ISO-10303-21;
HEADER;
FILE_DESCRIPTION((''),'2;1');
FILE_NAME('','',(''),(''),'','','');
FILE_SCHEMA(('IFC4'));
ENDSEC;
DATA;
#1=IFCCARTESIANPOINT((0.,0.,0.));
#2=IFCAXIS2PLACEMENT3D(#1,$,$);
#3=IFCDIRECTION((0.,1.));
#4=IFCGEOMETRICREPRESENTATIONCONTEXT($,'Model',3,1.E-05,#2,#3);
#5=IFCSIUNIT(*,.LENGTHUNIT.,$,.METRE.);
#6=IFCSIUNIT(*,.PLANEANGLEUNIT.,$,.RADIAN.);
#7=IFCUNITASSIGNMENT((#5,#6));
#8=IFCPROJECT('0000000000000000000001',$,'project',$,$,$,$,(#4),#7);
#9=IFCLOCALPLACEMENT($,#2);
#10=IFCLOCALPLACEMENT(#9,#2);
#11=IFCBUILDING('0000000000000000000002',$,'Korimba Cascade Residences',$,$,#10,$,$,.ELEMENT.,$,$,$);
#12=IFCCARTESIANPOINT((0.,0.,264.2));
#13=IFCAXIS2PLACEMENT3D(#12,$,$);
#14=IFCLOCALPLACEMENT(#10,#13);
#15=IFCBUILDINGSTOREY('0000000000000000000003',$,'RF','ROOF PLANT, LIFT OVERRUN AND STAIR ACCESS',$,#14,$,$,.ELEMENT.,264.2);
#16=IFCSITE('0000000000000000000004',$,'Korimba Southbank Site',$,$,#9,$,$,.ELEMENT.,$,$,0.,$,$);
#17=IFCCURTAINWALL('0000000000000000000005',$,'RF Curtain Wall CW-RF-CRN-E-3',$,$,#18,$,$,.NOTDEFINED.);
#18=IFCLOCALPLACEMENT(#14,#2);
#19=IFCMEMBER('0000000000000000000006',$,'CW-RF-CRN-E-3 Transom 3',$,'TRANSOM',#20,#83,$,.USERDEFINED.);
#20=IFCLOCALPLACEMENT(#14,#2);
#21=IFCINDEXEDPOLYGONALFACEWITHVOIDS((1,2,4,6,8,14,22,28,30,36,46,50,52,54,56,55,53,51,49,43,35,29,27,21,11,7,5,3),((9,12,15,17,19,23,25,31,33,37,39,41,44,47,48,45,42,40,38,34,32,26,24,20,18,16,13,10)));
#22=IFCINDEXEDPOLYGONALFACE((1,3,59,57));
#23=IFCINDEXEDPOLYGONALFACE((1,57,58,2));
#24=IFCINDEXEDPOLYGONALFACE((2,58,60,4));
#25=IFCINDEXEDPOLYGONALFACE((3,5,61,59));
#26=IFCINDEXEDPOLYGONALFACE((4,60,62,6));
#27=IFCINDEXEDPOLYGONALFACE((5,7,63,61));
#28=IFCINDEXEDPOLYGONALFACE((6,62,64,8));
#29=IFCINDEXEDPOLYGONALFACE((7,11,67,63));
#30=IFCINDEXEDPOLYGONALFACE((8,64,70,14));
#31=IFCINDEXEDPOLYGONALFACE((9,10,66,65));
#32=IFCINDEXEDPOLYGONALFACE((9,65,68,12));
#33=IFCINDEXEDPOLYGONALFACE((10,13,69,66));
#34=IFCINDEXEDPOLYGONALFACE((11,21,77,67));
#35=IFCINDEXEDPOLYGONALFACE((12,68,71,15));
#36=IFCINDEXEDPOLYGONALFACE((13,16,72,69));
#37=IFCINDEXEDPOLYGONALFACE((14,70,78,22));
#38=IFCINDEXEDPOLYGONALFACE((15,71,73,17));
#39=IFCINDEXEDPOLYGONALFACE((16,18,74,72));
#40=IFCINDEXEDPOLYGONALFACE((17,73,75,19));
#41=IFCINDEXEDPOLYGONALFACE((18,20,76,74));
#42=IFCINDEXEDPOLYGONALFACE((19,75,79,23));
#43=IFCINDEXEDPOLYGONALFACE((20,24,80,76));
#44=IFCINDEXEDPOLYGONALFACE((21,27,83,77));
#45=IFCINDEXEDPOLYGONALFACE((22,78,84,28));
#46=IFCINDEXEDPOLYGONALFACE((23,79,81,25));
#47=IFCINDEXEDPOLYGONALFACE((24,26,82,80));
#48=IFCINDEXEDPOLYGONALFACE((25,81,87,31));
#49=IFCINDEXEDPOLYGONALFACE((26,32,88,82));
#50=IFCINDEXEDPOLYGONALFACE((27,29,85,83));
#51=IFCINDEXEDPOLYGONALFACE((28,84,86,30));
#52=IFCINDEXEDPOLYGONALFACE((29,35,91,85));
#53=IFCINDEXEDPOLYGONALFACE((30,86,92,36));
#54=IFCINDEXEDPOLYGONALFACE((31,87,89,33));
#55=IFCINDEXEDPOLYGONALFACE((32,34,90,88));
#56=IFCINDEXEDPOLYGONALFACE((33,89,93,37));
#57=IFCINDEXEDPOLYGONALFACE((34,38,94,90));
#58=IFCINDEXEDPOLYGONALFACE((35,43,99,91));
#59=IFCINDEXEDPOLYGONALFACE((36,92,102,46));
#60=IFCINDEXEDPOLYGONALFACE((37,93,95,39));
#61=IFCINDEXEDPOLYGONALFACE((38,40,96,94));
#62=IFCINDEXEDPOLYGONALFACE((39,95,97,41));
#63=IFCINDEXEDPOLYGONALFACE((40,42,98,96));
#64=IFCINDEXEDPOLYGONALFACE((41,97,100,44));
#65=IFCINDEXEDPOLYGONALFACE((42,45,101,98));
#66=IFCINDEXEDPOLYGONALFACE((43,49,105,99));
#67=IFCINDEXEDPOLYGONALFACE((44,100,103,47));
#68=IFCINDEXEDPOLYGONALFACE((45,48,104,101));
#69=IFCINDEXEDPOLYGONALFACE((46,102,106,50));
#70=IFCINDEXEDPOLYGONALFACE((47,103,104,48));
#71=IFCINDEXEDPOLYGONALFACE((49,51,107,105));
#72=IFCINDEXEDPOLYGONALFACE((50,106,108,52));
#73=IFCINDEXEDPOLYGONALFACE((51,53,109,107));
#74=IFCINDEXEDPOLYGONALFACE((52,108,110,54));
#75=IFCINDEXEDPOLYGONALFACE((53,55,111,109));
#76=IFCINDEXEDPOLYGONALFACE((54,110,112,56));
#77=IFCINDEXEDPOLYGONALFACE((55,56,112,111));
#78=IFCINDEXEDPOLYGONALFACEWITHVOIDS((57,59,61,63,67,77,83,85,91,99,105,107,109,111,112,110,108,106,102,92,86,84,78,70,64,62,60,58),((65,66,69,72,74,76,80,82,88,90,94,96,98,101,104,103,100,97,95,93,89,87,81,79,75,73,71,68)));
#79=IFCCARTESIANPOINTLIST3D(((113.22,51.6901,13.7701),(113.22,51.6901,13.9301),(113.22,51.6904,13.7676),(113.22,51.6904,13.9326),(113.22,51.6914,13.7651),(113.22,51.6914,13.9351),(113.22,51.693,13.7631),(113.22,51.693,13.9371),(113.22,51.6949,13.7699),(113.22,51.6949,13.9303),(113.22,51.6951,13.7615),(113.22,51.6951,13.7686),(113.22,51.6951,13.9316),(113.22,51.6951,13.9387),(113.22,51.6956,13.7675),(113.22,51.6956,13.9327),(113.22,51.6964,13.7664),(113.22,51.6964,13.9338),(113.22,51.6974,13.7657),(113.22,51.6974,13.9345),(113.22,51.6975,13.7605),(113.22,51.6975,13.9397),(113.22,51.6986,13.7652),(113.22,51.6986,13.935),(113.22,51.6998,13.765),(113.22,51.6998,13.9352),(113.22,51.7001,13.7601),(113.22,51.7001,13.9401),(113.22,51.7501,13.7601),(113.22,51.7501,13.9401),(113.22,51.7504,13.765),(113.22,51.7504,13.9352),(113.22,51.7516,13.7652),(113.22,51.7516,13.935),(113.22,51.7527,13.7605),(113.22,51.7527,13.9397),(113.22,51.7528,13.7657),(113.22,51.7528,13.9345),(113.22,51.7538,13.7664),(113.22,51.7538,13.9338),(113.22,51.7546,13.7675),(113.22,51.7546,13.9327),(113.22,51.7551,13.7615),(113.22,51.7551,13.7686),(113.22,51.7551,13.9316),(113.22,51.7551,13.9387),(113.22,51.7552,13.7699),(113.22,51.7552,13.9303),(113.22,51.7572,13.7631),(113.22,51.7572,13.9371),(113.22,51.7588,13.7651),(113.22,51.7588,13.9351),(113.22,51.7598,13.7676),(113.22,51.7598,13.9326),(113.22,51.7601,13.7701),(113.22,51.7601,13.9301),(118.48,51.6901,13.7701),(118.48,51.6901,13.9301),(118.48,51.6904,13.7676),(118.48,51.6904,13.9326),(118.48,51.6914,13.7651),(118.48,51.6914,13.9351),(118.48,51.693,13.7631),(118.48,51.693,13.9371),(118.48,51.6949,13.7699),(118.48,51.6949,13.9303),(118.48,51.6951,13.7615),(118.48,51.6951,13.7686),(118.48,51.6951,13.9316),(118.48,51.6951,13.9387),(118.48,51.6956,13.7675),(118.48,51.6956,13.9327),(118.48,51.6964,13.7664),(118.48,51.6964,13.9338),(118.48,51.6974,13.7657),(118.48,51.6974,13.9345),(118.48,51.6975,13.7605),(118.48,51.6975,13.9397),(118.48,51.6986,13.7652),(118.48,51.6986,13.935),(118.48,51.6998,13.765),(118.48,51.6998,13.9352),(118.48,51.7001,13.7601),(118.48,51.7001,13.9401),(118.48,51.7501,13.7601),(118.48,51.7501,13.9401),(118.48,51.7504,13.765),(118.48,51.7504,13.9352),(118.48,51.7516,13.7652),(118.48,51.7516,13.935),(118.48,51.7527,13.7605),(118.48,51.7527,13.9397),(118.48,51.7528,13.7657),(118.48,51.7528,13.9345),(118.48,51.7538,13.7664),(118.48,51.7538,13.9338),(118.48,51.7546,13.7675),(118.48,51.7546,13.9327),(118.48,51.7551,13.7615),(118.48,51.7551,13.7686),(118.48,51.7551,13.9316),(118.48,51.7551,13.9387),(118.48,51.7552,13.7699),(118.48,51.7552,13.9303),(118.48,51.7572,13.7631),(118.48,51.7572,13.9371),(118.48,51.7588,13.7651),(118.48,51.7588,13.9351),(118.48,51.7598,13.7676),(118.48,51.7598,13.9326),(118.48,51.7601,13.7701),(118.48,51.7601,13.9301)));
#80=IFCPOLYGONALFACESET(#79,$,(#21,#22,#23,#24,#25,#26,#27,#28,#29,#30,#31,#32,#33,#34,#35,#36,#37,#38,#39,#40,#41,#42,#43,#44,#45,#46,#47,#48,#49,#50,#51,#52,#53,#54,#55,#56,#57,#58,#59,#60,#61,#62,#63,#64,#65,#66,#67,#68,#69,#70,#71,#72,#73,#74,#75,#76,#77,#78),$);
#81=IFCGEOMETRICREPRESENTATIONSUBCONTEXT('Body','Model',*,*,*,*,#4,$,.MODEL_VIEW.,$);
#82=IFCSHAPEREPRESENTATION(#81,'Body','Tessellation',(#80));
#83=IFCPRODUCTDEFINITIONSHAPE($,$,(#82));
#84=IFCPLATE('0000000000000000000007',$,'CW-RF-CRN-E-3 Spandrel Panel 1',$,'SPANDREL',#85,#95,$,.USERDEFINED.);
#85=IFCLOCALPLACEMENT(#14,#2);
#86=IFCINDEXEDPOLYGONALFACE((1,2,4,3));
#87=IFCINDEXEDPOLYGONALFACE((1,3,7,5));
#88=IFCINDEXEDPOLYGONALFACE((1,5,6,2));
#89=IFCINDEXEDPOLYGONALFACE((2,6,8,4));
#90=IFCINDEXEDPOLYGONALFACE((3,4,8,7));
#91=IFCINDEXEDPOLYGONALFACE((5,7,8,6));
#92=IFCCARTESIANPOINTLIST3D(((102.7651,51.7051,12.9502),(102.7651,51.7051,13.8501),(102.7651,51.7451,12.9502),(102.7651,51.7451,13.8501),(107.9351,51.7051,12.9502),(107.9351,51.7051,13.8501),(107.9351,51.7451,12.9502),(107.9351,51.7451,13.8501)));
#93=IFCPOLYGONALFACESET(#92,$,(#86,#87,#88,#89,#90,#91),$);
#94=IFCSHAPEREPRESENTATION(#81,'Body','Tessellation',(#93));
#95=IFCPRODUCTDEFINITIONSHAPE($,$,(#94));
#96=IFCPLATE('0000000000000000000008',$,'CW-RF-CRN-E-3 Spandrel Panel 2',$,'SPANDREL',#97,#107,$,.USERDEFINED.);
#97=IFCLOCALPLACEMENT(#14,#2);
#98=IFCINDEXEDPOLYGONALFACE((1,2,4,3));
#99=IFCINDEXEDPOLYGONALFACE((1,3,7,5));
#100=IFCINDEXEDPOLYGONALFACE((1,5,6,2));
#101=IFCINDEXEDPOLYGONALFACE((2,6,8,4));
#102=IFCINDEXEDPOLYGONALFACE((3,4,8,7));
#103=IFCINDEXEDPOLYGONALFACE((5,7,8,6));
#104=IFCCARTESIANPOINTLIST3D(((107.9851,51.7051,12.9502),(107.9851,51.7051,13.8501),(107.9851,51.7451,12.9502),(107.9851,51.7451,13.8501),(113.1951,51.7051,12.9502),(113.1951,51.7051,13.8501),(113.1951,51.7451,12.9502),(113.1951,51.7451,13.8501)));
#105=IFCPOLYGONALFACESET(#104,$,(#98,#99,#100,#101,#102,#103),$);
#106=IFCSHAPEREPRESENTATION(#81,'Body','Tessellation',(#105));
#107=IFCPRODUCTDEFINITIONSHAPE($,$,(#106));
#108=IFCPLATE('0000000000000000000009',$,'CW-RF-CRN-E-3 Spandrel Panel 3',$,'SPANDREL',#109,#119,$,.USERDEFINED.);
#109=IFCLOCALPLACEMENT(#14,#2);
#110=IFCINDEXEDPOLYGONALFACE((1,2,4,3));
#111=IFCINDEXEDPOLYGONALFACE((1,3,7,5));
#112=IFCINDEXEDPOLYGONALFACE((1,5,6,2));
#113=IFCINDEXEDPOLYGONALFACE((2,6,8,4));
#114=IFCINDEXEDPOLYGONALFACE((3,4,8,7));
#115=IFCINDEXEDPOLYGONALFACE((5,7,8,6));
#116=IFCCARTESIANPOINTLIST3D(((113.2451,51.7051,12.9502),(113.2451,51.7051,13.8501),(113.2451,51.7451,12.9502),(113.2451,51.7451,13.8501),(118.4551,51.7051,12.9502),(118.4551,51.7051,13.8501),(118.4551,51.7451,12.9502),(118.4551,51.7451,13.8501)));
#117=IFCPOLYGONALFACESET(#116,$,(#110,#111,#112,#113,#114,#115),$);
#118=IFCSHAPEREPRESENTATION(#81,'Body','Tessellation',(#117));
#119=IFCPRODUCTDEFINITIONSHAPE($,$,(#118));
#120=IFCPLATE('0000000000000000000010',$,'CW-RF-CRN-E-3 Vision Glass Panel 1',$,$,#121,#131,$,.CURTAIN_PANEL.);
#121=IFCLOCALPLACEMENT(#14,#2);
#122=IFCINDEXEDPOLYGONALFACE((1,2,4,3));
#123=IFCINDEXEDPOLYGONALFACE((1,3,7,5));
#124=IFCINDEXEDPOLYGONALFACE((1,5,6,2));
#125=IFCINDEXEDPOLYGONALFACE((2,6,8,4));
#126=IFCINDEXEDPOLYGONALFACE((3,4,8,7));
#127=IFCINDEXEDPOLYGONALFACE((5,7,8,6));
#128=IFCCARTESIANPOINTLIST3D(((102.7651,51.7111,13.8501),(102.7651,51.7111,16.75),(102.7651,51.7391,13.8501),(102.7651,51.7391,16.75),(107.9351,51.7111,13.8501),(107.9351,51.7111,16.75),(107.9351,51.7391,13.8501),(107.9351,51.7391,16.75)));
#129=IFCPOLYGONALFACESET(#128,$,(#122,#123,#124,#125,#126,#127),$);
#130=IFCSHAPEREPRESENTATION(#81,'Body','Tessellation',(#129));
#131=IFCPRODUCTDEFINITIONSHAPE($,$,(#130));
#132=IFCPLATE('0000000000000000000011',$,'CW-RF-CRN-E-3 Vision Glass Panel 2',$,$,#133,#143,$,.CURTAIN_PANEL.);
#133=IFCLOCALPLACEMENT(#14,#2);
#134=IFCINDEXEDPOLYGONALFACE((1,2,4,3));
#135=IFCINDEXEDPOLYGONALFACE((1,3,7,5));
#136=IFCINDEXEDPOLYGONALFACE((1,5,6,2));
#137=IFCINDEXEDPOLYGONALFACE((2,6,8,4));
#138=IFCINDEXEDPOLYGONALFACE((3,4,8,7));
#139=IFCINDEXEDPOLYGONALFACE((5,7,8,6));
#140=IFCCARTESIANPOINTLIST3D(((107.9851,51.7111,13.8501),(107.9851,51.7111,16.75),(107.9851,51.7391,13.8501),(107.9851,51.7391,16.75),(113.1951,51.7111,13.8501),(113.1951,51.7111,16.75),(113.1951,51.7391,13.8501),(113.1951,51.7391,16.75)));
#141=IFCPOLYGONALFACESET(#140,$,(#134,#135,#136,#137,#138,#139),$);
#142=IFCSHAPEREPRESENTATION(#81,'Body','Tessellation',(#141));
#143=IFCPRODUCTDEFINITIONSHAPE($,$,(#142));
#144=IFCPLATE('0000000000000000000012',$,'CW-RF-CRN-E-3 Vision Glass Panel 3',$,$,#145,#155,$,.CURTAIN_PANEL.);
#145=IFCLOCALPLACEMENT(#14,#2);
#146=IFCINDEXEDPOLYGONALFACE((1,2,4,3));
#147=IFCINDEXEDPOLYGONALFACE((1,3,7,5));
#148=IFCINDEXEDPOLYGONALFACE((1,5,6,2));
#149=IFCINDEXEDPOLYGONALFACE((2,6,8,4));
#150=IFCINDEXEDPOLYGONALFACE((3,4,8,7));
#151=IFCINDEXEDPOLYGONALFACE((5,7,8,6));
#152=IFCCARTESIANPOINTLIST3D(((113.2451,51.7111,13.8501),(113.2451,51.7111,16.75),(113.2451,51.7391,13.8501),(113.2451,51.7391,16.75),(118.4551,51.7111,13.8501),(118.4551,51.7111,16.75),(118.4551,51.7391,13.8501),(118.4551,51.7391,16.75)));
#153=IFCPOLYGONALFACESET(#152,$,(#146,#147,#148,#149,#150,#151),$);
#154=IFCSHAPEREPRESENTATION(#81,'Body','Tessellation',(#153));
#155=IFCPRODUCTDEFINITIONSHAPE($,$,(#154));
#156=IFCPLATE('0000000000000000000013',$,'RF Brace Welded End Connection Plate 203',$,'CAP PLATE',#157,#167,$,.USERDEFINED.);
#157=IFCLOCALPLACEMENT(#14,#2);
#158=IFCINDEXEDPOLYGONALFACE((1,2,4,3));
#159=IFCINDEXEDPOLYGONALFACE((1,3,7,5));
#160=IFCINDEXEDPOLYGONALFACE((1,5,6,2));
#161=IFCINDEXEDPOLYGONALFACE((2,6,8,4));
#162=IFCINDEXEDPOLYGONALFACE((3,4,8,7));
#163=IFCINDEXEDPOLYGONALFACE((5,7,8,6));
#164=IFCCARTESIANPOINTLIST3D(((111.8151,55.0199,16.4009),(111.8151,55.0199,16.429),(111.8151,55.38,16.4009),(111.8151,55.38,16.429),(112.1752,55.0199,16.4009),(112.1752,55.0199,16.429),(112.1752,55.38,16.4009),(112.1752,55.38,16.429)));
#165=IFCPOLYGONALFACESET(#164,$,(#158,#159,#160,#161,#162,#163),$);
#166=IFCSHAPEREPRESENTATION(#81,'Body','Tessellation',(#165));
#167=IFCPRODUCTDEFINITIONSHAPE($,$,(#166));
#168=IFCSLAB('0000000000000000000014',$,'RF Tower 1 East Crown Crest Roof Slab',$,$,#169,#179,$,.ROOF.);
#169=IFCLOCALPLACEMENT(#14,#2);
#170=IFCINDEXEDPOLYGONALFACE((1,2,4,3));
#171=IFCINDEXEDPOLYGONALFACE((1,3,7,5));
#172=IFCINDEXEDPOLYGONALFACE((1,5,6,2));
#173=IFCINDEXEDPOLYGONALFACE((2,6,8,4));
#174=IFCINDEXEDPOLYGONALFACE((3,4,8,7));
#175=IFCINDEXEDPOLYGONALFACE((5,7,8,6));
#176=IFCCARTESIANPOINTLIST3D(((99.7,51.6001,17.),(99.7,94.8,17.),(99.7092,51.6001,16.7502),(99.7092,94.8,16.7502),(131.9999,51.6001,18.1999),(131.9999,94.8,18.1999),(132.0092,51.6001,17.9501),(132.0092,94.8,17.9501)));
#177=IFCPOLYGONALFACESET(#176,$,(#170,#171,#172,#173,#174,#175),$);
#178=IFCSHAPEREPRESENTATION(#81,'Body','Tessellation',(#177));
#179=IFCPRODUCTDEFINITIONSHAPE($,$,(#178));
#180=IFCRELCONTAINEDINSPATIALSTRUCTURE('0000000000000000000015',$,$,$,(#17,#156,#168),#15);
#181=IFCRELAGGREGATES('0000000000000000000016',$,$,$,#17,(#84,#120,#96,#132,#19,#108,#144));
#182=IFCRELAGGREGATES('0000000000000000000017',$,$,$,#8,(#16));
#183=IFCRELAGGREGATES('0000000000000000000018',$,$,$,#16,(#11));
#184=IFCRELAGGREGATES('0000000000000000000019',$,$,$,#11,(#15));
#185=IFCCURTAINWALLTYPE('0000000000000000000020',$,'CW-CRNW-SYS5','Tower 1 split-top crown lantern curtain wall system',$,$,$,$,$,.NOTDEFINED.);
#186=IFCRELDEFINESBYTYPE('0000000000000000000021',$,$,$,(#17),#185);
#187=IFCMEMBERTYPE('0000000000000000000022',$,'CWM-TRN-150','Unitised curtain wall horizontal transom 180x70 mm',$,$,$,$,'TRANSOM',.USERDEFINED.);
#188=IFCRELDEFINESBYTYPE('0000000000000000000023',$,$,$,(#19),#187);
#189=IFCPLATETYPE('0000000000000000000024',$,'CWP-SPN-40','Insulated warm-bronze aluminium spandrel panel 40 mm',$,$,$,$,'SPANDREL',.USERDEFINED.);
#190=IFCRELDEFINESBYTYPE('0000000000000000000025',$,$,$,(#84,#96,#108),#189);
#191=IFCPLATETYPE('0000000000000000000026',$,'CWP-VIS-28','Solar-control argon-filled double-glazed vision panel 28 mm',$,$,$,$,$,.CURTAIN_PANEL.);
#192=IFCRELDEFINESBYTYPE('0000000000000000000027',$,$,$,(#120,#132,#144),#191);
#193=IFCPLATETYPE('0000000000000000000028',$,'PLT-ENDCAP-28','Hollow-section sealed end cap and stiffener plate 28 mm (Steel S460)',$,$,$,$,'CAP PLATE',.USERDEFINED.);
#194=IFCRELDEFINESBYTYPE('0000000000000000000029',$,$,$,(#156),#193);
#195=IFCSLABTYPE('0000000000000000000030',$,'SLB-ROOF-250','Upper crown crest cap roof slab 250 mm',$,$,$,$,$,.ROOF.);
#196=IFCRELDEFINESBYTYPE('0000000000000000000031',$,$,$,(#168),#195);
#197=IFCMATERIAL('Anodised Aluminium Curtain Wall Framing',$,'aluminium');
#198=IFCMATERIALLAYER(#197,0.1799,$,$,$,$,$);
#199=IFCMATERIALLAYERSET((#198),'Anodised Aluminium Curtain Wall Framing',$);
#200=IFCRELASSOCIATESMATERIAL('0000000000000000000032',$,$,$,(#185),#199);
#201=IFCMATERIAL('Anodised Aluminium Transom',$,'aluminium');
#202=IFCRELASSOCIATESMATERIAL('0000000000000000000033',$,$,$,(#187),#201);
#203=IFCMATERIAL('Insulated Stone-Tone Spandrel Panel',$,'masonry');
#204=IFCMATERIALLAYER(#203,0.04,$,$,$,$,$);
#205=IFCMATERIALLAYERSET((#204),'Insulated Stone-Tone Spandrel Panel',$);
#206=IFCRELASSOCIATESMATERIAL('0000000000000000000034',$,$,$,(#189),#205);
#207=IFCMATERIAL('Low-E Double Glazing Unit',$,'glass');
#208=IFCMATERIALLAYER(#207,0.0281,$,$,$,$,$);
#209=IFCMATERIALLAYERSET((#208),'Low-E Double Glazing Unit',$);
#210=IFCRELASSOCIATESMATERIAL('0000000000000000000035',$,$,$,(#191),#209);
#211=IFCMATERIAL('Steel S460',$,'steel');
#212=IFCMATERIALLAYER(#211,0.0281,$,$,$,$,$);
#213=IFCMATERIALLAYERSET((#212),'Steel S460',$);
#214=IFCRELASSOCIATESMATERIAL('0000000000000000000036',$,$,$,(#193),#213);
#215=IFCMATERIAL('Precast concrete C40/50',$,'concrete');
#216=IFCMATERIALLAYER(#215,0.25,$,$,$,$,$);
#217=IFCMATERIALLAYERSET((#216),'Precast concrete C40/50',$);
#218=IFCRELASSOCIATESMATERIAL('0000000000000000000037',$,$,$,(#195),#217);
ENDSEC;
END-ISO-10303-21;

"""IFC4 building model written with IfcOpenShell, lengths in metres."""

from ifc_helpers import new_model, si_unit, direction, frame, origin, origin_2d, place, context, subcontext, project, spatial, polyline, rectangle, hollow_rectangle, outline, extrude, material, layer, layer_set, material_profile, profile_set, type_object, element, aggregate, save


model = new_model("IFC4")

# Units and contexts
model_context = context("Model", 3, precision=1e-05, world=origin(), true_north=direction((0.0, 1.0)))
body_context = subcontext(model_context, "Body", "Model", "MODEL_VIEW")
ifc_project = project(units=[si_unit("LENGTHUNIT", "METRE"), si_unit("PLANEANGLEUNIT", "RADIAN")], contexts=[model_context])

# Site, building, storey
site_placement = place(None, origin())
site = spatial("IfcSite", under=ifc_project, at=site_placement, Name="Korimba Southbank Site", CompositionType="ELEMENT", RefElevation=0.0)
building_placement = place(site_placement, origin())
building = spatial("IfcBuilding", under=site, at=building_placement, Name="Korimba Cascade Residences", CompositionType="ELEMENT")
storey_placement = place(building_placement, frame((0.0, 0.0, 264.2)))
storey = spatial("IfcBuildingStorey", under=building, at=storey_placement, Name="RF", Description="ROOF PLANT, LIFT OVERRUN AND STAIR ACCESS", CompositionType="ELEMENT", Elevation=264.2)

# Curtain wall, member, plates
ifc_material_1 = material(Name="Anodised Aluminium Curtain Wall Framing", Category="aluminium")
ifc_layer_1 = layer(ifc_material_1, 0.1799)
ifc_layer_set_1 = layer_set([ifc_layer_1], Name="Anodised Aluminium Curtain Wall Framing")
curtain_wall_type = type_object("IfcCurtainWallType", Name="CW-CRNW-SYS5", Description="Tower 1 split-top crown lantern curtain wall system", PredefinedType="NOTDEFINED", material=ifc_layer_set_1)
curtain_wall_placement = place(storey_placement, origin())
curtain_wall = element("IfcCurtainWall", 1, at=curtain_wall_placement, inside=storey, type_object=curtain_wall_type, Name="RF Curtain Wall CW-RF-CRN-E-3", PredefinedType="NOTDEFINED")
ifc_material_2 = material(Name="Anodised Aluminium Transom", Category="aluminium")
ifc_material_profile_1 = material_profile(ifc_material_2, hollow_rectangle(XDim=0.0701, YDim=0.1799, WallThickness=0.0049, InnerFilletRadius=0.0049, OuterFilletRadius=0.01, at=origin_2d()), Name="Anodised Aluminium Transom")
ifc_profile_set_1 = profile_set([ifc_material_profile_1], Name="Anodised Aluminium Transom")
member_type_1 = type_object("IfcMemberType", Name="CWM-TRN-150", Description="Unitised curtain wall horizontal transom 180x70 mm", ElementType="TRANSOM", PredefinedType="USERDEFINED", material=ifc_profile_set_1)
member_1_placement = place(storey_placement, frame((113.22, 51.7251, 13.8501), z_axis=(1.0, 0.0, 0.0), x_axis=(0.0, 1.0, 0.0)))
member_1 = element("IfcMember", 2, at=member_1_placement, type_object=member_type_1, Name="CW-RF-CRN-E-3 Transom 3", ObjectType="TRANSOM", PredefinedType="USERDEFINED", context=body_context, shape_type="SweptSolid", body=[
    extrude(hollow_rectangle(XDim=0.0701, YDim=0.1799, WallThickness=0.0049, InnerFilletRadius=0.0049, OuterFilletRadius=0.01, at=origin_2d()), origin(), (0.0, 0.0, 1.0), 5.26),
])
ifc_material_3 = material(Name="Insulated Stone-Tone Spandrel Panel", Category="masonry")
ifc_layer_2 = layer(ifc_material_3, 0.04)
ifc_layer_set_2 = layer_set([ifc_layer_2], Name="Insulated Stone-Tone Spandrel Panel")
plate_type_1 = type_object("IfcPlateType", Name="CWP-SPN-40", Description="Insulated warm-bronze aluminium spandrel panel 40 mm", ElementType="SPANDREL", PredefinedType="USERDEFINED", material=ifc_layer_set_2)
plate_1_placement = place(storey_placement, frame((105.3501, 51.7251, 12.9502), z_axis=(0.0, 0.0, 1.0), x_axis=(1.0, 0.0, 0.0)))
plate_1 = element("IfcPlate", 3, at=plate_1_placement, type_object=plate_type_1, Name="CW-RF-CRN-E-3 Spandrel Panel 1", ObjectType="SPANDREL", PredefinedType="USERDEFINED", context=body_context, shape_type="SweptSolid", body=[
    extrude(rectangle(XDim=5.1699, YDim=0.04, at=origin_2d()), origin(), (0.0, 0.0, 1.0), 0.8999),
])
plate_2_placement = place(storey_placement, frame((110.5901, 51.7251, 12.9502), z_axis=(0.0, 0.0, 1.0), x_axis=(1.0, 0.0, 0.0)))
plate_2 = element("IfcPlate", 4, at=plate_2_placement, type_object=plate_type_1, Name="CW-RF-CRN-E-3 Spandrel Panel 2", ObjectType="SPANDREL", PredefinedType="USERDEFINED", context=body_context, shape_type="SweptSolid", body=[
    extrude(rectangle(XDim=5.21, YDim=0.04, at=origin_2d()), origin(), (0.0, 0.0, 1.0), 0.8999),
])
plate_3_placement = place(storey_placement, frame((115.8501, 51.7251, 12.9502), z_axis=(0.0, 0.0, 1.0), x_axis=(1.0, 0.0, 0.0)))
plate_3 = element("IfcPlate", 5, at=plate_3_placement, type_object=plate_type_1, Name="CW-RF-CRN-E-3 Spandrel Panel 3", ObjectType="SPANDREL", PredefinedType="USERDEFINED", context=body_context, shape_type="SweptSolid", body=[
    extrude(rectangle(XDim=5.21, YDim=0.04, at=origin_2d()), origin(), (0.0, 0.0, 1.0), 0.8999),
])
ifc_material_4 = material(Name="Low-E Double Glazing Unit", Category="glass")
ifc_layer_3 = layer(ifc_material_4, 0.0281)
ifc_layer_set_3 = layer_set([ifc_layer_3], Name="Low-E Double Glazing Unit")
plate_type_2 = type_object("IfcPlateType", Name="CWP-VIS-28", Description="Solar-control argon-filled double-glazed vision panel 28 mm", PredefinedType="CURTAIN_PANEL", material=ifc_layer_set_3)
plate_4_placement = place(storey_placement, frame((105.3501, 51.7251, 13.8501), z_axis=(0.0, 0.0, 1.0), x_axis=(1.0, 0.0, 0.0)))
plate_4 = element("IfcPlate", 6, at=plate_4_placement, type_object=plate_type_2, Name="CW-RF-CRN-E-3 Vision Glass Panel 1", PredefinedType="CURTAIN_PANEL", context=body_context, shape_type="SweptSolid", body=[
    extrude(rectangle(XDim=5.1699, YDim=0.0281, at=origin_2d()), origin(), (0.0, 0.0, 1.0), 2.8999),
])
plate_5_placement = place(storey_placement, frame((110.5901, 51.7251, 13.8501), z_axis=(0.0, 0.0, 1.0), x_axis=(1.0, 0.0, 0.0)))
plate_5 = element("IfcPlate", 7, at=plate_5_placement, type_object=plate_type_2, Name="CW-RF-CRN-E-3 Vision Glass Panel 2", PredefinedType="CURTAIN_PANEL", context=body_context, shape_type="SweptSolid", body=[
    extrude(rectangle(XDim=5.21, YDim=0.0281, at=origin_2d()), origin(), (0.0, 0.0, 1.0), 2.8999),
])
plate_6_placement = place(storey_placement, frame((115.8501, 51.7251, 13.8501), z_axis=(0.0, 0.0, 1.0), x_axis=(1.0, 0.0, 0.0)))
plate_6 = element("IfcPlate", 8, at=plate_6_placement, type_object=plate_type_2, Name="CW-RF-CRN-E-3 Vision Glass Panel 3", PredefinedType="CURTAIN_PANEL", context=body_context, shape_type="SweptSolid", body=[
    extrude(rectangle(XDim=5.21, YDim=0.0281, at=origin_2d()), origin(), (0.0, 0.0, 1.0), 2.8999),
])
aggregate(curtain_wall, [plate_1, plate_4, plate_2, plate_5, member_1, plate_3, plate_6])

# Plate
ifc_material_5 = material(Name="Steel S460", Category="steel")
ifc_layer_4 = layer(ifc_material_5, 0.0281)
ifc_layer_set_4 = layer_set([ifc_layer_4], Name="Steel S460")
plate_type_3 = type_object("IfcPlateType", Name="PLT-ENDCAP-28", Description="Hollow-section sealed end cap and stiffener plate 28 mm (Steel S460)", ElementType="CAP PLATE", PredefinedType="USERDEFINED", material=ifc_layer_set_4)
plate_7_placement = place(storey_placement, frame((111.9951, 55.2, 16.4009), z_axis=(0.0, 0.0, 1.0), x_axis=(1.0, 0.0, 0.0)))
element("IfcPlate", 9, at=plate_7_placement, inside=storey, type_object=plate_type_3, Name="RF Brace Welded End Connection Plate 203", ObjectType="CAP PLATE", PredefinedType="USERDEFINED", context=body_context, shape_type="SweptSolid", body=[
    extrude(rectangle(XDim=0.3601, YDim=0.3601, at=origin_2d()), origin(), (0.0, 0.0, 1.0), 0.0281),
])

# Slab
ifc_material_6 = material(Name="Precast concrete C40/50", Category="concrete")
ifc_layer_5 = layer(ifc_material_6, 0.25)
ifc_layer_set_5 = layer_set([ifc_layer_5], Name="Precast concrete C40/50")
slab_type = type_object("IfcSlabType", Name="SLB-ROOF-250", Description="Upper crown crest cap roof slab 250 mm", PredefinedType="ROOF", material=ifc_layer_set_5)
slab_placement = place(storey_placement, frame((99.7, 51.6001, 17.0), z_axis=(-0.037125, 0.0, 0.999311), x_axis=(0.999311, 0.0, 0.037125)))
element("IfcSlab", 10, at=slab_placement, inside=storey, type_object=slab_type, Name="RF Tower 1 East Crown Crest Roof Slab", PredefinedType="ROOF", context=body_context, shape_type="SweptSolid", body=[
    extrude(outline(polyline([(0.0, 0.0), (32.3223, 0.0), (32.3223, 43.2), (0.0, 43.2), (0.0, 0.0)])), origin(), (0.0, 0.0, -1.0), 0.25),
])

save(model, "model.ifc")
